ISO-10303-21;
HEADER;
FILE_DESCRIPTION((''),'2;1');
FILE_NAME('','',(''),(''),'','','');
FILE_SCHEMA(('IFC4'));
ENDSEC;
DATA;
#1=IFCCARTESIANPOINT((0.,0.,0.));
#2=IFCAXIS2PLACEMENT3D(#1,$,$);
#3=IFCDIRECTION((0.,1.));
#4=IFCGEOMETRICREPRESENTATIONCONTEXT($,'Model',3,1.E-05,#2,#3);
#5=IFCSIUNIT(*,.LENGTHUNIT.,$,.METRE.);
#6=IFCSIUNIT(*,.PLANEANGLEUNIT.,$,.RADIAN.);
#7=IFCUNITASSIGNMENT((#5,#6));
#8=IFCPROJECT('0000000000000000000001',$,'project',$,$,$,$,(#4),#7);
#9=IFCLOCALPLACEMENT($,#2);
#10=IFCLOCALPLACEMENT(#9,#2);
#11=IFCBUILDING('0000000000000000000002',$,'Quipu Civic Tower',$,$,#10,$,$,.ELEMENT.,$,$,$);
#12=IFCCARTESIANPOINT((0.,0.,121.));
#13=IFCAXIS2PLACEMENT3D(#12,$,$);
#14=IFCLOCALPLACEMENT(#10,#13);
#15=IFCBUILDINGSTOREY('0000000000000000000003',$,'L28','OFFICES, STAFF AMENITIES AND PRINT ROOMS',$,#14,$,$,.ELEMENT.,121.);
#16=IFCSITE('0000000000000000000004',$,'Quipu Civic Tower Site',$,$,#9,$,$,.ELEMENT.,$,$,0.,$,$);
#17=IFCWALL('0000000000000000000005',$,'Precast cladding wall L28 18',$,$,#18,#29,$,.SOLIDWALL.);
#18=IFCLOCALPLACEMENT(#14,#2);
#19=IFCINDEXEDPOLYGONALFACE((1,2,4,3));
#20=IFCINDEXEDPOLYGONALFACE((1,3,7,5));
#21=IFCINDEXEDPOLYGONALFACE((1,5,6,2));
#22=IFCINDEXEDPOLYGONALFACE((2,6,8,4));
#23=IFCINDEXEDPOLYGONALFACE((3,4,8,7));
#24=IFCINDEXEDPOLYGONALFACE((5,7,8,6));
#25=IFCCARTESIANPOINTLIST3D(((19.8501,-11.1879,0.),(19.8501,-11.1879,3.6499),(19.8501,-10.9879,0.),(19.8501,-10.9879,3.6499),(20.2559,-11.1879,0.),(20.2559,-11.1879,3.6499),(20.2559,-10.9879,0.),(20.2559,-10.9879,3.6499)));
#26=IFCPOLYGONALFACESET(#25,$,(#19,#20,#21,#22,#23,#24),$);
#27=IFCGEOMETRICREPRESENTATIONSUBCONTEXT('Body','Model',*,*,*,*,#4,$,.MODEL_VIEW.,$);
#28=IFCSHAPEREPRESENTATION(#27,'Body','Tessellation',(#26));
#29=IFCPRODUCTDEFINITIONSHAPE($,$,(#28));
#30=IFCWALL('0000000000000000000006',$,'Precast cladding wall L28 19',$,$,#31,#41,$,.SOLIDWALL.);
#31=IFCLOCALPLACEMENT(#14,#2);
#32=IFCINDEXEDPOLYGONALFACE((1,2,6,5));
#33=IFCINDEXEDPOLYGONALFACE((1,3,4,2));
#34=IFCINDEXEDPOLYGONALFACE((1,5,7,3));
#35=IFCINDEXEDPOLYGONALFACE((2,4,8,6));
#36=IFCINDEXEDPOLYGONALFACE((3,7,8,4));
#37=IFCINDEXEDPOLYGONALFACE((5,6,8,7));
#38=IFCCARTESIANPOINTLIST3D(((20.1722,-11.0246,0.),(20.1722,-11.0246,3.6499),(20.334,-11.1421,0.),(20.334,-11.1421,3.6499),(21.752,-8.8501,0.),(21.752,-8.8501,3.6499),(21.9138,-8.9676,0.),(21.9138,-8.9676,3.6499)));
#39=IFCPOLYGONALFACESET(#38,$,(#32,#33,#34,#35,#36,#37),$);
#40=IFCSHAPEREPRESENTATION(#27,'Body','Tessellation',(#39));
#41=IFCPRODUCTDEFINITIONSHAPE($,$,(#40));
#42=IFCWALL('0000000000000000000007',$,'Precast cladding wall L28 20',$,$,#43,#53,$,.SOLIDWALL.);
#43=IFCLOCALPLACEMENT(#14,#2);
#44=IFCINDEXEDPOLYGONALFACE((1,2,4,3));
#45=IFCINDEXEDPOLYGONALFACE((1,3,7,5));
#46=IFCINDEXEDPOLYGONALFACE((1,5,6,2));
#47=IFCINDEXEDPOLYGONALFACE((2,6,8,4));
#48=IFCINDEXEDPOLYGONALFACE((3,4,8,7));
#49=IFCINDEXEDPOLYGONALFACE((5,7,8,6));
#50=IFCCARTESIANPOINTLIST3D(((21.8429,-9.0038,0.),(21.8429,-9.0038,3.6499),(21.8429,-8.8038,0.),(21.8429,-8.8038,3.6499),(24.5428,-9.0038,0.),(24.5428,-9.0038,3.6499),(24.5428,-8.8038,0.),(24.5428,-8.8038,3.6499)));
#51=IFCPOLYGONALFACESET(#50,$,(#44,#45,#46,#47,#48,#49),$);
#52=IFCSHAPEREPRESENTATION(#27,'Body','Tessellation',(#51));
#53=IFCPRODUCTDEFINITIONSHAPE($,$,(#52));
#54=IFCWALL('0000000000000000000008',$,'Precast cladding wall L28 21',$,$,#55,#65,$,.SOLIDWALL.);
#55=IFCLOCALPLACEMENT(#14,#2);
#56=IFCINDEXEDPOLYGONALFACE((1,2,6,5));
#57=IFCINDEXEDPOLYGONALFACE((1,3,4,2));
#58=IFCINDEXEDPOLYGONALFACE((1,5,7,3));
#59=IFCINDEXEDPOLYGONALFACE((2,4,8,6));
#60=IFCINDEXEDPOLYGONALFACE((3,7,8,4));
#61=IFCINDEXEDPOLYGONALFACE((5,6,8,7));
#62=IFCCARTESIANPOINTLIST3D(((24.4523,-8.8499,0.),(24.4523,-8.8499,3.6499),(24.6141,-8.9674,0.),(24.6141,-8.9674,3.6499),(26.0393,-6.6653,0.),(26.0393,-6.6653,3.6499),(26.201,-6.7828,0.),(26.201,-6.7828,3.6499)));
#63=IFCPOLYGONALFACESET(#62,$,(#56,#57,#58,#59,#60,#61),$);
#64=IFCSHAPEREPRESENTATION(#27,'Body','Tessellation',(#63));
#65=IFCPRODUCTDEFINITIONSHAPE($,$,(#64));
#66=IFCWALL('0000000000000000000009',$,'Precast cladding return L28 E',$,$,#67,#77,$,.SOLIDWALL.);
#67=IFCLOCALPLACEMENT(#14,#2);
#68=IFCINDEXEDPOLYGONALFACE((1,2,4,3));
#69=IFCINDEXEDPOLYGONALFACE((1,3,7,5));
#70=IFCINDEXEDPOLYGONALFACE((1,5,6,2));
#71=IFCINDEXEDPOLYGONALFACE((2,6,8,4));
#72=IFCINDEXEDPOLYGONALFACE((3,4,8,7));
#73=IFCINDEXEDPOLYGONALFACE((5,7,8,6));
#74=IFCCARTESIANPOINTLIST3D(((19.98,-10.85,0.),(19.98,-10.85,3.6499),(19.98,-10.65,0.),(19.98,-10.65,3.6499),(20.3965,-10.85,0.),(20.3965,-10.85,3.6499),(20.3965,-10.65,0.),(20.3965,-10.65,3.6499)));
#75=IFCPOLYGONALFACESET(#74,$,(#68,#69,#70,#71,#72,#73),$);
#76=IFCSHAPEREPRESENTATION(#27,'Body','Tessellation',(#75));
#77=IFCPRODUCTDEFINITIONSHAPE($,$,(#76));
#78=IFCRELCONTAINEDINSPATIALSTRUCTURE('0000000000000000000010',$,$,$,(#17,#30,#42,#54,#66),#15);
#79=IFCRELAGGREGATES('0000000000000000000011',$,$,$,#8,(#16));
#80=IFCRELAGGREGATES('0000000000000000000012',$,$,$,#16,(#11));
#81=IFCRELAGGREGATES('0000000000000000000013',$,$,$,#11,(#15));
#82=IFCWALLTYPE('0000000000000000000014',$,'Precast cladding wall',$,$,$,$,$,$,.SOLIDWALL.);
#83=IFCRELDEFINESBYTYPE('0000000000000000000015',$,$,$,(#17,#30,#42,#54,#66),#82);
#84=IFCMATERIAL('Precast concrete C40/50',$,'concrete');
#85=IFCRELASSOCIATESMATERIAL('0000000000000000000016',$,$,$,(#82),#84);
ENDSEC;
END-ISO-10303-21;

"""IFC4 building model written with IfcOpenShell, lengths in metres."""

from ifc_helpers import new_model, si_unit, direction, frame, frame_2d, origin, place, context, subcontext, project, spatial, rectangle, extrude, material, type_object, element, save


model = new_model("IFC4")

# Units and contexts
model_context = context("Model", 3, precision=1e-05, world=origin(), true_north=direction((0.0, 1.0)))
body_context = subcontext(model_context, "Body", "Model", "MODEL_VIEW")
ifc_project = project(units=[si_unit("LENGTHUNIT", "METRE"), si_unit("PLANEANGLEUNIT", "RADIAN")], contexts=[model_context])

# Site, building, storey
site_placement = place(None, origin())
site = spatial("IfcSite", under=ifc_project, at=site_placement, Name="Quipu Civic Tower Site", CompositionType="ELEMENT", RefElevation=0.0)
building_placement = place(site_placement, origin())
building = spatial("IfcBuilding", under=site, at=building_placement, Name="Quipu Civic Tower", CompositionType="ELEMENT")
storey_placement = place(building_placement, frame((0.0, 0.0, 121.0)))
storey = spatial("IfcBuildingStorey", under=building, at=storey_placement, Name="L28", Description="OFFICES, STAFF AMENITIES AND PRINT ROOMS", CompositionType="ELEMENT", Elevation=121.0)

# Walls
ifc_material_1 = material(Name="Precast concrete C40/50", Category="concrete")
wall_type_1 = type_object("IfcWallType", Name="Precast cladding wall", PredefinedType="SOLIDWALL", material=ifc_material_1)
wall_1_placement = place(storey_placement, frame((19.8501, -11.0879, 0.0), z_axis=(0.0, 0.0, 1.0), x_axis=(1.0, 0.0, 0.0)))
element("IfcWall", 1, at=wall_1_placement, inside=storey, type_object=wall_type_1, Name="Precast cladding wall L28 18", PredefinedType="SOLIDWALL", context=body_context, shape_type="SweptSolid", body=[
    extrude(rectangle(XDim=0.4058, YDim=0.2, at=frame_2d((0.2029, 0.0))), origin(), (0.0, 0.0, 1.0), 3.6499),
])
wall_2_placement = place(storey_placement, frame((20.2532, -11.0833, 0.0), z_axis=(0.0, 0.0, 1.0), x_axis=(0.587767, 0.809031, 0.0)))
element("IfcWall", 2, at=wall_2_placement, inside=storey, type_object=wall_type_1, Name="Precast cladding wall L28 19", PredefinedType="SOLIDWALL", context=body_context, shape_type="SweptSolid", body=[
    extrude(rectangle(XDim=2.6877, YDim=0.2, at=frame_2d((1.3438, 0.0))), origin(), (0.0, 0.0, 1.0), 3.6499),
])
wall_3_placement = place(storey_placement, frame((21.8428, -8.9038, 0.0), z_axis=(0.0, 0.0, 1.0), x_axis=(1.0, 0.0, 0.0)))
element("IfcWall", 3, at=wall_3_placement, inside=storey, type_object=wall_type_1, Name="Precast cladding wall L28 20", PredefinedType="SOLIDWALL", context=body_context, shape_type="SweptSolid", body=[
    extrude(rectangle(XDim=2.7, YDim=0.2, at=frame_2d((1.3501, 0.0))), origin(), (0.0, 0.0, 1.0), 3.6499),
])
wall_4_placement = place(storey_placement, frame((24.5332, -8.9087, 0.0), z_axis=(0.0, 0.0, 1.0), x_axis=(0.58772, 0.809064, 0.0)))
element("IfcWall", 4, at=wall_4_placement, inside=storey, type_object=wall_type_1, Name="Precast cladding wall L28 21", PredefinedType="SOLIDWALL", context=body_context, shape_type="SweptSolid", body=[
    extrude(rectangle(XDim=2.7002, YDim=0.2, at=frame_2d((1.3501, 0.0))), origin(), (0.0, 0.0, 1.0), 3.6499),
])
wall_5_placement = place(storey_placement, frame((19.98, -10.75, 0.0), z_axis=(0.0, 0.0, 1.0), x_axis=(1.0, 0.0, 0.0)))
element("IfcWall", 5, at=wall_5_placement, inside=storey, type_object=wall_type_1, Name="Precast cladding return L28 E", PredefinedType="SOLIDWALL", context=body_context, shape_type="SweptSolid", body=[
    extrude(rectangle(XDim=0.4165, YDim=0.2, at=frame_2d((0.2083, 0.0))), origin(), (0.0, 0.0, 1.0), 3.6499),
])

save(model, "model.ifc")
